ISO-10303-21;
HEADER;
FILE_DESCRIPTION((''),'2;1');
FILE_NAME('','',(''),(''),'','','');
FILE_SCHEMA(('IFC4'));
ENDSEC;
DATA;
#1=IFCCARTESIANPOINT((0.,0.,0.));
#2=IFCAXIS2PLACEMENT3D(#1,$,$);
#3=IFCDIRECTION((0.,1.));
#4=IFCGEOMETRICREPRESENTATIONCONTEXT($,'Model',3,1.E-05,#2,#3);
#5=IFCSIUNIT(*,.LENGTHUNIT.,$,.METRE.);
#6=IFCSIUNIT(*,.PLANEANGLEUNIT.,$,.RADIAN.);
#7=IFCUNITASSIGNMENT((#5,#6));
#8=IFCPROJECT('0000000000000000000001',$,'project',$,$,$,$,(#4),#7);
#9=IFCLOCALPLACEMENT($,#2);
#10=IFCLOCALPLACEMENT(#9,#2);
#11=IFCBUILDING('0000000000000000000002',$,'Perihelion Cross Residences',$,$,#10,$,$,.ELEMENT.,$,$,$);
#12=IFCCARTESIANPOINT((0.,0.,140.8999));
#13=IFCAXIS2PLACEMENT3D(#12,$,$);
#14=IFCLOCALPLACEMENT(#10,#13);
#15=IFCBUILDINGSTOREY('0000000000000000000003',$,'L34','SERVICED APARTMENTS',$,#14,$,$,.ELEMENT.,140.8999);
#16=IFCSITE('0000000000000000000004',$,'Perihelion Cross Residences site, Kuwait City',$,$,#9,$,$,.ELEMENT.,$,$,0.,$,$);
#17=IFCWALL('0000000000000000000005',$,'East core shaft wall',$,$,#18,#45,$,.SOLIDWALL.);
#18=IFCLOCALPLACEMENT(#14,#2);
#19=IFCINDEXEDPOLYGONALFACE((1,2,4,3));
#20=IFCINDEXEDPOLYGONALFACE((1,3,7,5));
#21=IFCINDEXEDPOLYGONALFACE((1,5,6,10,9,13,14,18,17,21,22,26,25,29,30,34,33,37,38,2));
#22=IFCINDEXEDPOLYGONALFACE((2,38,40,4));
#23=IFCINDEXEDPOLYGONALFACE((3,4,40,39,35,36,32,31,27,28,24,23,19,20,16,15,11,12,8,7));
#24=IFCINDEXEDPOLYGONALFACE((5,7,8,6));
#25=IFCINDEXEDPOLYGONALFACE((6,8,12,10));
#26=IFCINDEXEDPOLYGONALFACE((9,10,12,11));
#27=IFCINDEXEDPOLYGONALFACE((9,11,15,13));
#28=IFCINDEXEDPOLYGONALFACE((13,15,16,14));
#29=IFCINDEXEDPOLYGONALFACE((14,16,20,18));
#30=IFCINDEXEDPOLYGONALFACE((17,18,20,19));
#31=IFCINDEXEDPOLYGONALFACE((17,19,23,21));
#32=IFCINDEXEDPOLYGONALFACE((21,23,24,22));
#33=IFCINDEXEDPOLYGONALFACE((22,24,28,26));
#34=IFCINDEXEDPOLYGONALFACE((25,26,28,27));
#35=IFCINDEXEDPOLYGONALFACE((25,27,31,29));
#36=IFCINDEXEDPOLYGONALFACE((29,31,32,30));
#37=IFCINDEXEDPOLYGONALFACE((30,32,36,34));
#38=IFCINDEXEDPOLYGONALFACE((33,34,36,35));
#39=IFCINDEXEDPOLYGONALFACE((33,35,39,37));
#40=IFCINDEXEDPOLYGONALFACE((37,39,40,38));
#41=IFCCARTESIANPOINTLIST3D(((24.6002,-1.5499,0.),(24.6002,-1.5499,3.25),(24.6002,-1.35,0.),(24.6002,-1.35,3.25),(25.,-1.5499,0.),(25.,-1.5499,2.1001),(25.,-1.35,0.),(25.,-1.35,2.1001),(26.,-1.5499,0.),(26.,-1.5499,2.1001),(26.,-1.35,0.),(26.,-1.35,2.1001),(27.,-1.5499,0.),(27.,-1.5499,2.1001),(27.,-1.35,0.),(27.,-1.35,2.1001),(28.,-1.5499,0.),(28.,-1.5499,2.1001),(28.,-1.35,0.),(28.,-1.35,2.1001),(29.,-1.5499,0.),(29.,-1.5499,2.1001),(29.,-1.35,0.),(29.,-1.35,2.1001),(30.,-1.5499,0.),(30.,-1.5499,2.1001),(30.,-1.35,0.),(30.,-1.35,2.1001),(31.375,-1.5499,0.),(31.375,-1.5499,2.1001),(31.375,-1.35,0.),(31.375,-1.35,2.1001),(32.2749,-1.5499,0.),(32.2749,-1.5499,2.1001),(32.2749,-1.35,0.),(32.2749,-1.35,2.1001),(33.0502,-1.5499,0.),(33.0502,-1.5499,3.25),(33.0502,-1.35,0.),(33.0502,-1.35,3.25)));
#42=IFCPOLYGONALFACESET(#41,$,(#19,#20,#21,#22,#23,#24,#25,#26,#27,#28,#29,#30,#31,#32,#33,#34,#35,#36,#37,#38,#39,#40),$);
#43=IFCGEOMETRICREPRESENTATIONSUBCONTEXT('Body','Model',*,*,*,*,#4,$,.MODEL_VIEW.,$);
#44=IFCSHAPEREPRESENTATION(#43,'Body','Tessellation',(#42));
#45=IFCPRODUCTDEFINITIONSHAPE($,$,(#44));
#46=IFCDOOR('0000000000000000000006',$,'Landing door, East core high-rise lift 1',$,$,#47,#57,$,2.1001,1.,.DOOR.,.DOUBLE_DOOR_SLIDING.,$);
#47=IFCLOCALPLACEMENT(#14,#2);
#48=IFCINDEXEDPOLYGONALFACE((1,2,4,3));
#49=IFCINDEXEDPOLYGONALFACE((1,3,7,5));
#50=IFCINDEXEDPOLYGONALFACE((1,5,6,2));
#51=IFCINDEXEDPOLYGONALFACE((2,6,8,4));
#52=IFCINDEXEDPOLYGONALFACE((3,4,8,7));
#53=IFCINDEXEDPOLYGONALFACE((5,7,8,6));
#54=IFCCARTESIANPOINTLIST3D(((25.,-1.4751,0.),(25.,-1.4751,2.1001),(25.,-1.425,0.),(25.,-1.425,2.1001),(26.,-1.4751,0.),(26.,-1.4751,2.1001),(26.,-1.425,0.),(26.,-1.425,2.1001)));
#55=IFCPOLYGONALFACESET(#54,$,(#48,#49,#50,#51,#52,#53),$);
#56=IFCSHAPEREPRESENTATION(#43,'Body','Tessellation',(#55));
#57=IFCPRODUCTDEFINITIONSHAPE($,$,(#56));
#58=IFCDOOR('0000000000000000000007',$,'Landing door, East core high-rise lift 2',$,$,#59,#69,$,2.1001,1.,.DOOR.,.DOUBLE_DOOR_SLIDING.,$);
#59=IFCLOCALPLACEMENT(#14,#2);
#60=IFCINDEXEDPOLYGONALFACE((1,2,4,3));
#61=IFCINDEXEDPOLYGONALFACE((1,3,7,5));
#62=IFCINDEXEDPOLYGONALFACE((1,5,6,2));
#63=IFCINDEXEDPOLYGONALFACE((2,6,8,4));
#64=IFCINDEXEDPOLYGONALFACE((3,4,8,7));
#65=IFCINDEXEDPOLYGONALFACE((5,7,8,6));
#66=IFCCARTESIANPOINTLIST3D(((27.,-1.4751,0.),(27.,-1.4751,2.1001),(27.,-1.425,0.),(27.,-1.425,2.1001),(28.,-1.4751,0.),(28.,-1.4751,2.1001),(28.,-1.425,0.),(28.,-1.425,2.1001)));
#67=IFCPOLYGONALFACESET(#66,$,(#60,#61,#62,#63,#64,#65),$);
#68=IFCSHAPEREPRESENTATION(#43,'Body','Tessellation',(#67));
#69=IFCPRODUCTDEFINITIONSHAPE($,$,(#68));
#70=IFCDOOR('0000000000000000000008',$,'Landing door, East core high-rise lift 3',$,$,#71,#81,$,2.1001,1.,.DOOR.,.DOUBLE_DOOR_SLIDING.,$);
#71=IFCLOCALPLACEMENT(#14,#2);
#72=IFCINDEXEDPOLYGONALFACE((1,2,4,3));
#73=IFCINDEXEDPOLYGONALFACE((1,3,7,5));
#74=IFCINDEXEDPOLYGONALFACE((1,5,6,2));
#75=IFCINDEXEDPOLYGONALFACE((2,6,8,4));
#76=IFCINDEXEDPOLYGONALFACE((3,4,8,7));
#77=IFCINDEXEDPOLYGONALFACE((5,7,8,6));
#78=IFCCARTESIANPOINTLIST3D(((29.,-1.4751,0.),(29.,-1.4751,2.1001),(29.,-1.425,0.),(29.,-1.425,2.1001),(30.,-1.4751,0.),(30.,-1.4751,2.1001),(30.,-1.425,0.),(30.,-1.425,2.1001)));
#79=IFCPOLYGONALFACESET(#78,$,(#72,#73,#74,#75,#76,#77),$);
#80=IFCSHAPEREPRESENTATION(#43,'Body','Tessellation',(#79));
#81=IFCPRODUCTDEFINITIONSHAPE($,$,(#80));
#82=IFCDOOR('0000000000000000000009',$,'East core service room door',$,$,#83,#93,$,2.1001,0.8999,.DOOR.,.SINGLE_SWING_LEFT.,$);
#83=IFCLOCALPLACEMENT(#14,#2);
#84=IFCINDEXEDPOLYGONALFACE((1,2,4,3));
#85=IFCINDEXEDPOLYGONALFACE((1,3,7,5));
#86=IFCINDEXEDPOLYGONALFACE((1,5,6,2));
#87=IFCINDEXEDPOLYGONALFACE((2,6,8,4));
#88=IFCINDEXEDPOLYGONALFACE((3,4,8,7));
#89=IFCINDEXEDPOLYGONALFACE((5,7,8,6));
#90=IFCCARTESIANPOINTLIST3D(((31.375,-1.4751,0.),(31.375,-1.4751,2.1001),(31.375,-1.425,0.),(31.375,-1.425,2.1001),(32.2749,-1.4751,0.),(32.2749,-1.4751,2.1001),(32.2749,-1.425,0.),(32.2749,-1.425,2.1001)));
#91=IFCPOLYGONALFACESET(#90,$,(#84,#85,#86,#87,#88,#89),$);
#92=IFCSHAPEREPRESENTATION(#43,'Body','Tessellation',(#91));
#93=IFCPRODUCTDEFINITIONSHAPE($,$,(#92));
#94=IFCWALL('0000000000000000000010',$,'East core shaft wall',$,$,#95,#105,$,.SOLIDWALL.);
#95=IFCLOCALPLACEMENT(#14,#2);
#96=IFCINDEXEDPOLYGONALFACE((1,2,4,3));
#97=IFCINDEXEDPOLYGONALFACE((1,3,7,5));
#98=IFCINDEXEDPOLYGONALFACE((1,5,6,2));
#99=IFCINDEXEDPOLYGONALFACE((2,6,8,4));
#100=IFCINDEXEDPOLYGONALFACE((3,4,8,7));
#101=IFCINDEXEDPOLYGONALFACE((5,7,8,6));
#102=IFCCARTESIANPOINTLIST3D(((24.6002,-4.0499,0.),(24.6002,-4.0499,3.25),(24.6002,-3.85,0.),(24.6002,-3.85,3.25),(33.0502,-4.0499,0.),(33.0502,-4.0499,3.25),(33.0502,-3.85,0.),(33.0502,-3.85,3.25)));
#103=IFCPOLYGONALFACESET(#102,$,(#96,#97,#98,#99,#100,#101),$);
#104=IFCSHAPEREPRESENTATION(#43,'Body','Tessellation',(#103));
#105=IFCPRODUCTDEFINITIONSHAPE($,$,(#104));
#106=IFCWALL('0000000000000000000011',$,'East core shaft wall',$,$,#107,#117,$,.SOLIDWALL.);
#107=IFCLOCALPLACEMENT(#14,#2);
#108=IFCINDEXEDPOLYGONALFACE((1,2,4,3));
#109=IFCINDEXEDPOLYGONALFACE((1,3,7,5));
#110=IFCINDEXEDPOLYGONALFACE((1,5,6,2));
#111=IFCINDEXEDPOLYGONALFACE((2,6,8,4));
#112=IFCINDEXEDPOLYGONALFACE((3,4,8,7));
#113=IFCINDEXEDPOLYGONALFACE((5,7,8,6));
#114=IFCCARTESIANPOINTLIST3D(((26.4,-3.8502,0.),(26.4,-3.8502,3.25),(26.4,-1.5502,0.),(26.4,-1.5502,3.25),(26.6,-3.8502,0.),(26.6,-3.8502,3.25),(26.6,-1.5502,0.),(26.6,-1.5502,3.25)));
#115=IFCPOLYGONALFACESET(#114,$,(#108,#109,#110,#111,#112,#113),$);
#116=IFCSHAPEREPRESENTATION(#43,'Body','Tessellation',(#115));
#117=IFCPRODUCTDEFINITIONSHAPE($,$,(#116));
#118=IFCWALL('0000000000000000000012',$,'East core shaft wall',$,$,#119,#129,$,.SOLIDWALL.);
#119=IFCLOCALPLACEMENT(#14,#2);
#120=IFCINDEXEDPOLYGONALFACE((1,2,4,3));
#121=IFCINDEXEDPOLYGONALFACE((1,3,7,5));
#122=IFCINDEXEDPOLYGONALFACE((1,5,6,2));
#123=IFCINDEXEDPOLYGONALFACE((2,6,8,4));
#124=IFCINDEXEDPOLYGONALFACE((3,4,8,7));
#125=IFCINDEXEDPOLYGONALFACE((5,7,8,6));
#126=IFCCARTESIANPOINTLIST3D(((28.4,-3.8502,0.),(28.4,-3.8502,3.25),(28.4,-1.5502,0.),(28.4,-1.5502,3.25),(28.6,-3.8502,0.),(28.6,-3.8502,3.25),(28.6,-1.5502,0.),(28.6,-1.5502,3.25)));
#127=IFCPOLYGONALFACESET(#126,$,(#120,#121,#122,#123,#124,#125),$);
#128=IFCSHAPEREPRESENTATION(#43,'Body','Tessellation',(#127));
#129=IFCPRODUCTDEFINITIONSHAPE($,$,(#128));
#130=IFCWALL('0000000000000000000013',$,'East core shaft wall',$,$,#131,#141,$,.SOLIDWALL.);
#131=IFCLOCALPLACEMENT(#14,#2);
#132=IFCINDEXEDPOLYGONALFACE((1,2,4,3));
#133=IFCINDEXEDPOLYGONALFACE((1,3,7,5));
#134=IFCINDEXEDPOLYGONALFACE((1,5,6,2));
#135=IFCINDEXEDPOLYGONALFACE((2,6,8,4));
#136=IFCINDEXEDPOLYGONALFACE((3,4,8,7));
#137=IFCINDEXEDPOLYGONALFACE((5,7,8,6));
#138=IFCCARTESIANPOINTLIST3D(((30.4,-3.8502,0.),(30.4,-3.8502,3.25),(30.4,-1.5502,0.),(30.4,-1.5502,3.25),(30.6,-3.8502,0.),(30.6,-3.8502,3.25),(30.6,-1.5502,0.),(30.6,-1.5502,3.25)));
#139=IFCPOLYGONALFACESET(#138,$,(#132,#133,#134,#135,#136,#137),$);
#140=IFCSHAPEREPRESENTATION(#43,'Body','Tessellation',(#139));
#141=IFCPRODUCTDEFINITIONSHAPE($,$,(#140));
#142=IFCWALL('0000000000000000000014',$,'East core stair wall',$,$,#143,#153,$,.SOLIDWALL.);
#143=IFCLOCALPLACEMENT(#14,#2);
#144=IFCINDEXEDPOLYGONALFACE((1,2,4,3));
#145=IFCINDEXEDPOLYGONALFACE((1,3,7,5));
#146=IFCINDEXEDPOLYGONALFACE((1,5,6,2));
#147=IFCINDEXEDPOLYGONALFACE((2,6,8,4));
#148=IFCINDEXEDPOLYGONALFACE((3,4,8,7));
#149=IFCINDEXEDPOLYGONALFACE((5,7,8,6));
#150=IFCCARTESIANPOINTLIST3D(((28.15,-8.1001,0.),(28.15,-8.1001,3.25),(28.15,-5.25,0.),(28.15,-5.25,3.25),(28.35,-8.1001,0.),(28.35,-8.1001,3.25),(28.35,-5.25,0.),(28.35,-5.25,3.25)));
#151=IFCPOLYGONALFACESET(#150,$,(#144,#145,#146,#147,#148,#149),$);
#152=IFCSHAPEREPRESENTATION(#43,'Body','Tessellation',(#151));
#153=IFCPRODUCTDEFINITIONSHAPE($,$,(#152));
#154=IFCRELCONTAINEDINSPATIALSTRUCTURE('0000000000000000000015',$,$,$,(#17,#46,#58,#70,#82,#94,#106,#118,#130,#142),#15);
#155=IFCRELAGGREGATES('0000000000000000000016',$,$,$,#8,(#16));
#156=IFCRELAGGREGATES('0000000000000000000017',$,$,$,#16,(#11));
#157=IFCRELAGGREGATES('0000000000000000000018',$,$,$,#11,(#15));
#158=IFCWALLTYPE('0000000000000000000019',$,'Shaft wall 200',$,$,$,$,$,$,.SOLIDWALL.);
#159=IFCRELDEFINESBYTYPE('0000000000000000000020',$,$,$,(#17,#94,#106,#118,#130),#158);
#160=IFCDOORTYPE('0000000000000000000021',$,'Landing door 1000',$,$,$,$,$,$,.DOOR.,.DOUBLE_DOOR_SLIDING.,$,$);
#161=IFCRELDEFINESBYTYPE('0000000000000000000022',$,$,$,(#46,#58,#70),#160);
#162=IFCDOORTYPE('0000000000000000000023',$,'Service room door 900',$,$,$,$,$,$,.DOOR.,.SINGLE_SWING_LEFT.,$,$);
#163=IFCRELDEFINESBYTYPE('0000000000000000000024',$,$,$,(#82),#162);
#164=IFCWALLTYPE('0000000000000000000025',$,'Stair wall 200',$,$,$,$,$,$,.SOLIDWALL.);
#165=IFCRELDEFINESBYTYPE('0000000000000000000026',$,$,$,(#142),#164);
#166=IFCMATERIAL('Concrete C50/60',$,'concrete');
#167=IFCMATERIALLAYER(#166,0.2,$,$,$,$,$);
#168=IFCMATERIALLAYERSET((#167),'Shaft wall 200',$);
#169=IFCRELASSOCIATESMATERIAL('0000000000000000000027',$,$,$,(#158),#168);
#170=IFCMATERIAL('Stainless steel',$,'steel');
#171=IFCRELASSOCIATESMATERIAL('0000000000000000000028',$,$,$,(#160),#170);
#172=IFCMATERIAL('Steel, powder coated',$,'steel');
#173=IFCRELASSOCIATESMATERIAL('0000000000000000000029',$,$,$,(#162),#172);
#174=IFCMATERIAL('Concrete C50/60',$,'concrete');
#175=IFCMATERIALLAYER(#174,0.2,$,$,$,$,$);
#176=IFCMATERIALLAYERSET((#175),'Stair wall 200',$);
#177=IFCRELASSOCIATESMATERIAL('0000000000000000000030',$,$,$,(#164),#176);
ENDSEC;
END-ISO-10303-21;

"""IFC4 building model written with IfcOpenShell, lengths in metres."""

from ifc_helpers import new_model, si_unit, direction, frame, frame_2d, origin, place, context, subcontext, project, spatial, rectangle, extrude, material, layer, layer_set, type_object, element, fill, save


model = new_model("IFC4")

# Units and contexts
model_context = context("Model", 3, precision=1e-05, world=origin(), true_north=direction((0.0, 1.0)))
body_context = subcontext(model_context, "Body", "Model", "MODEL_VIEW")
ifc_project = project(units=[si_unit("LENGTHUNIT", "METRE"), si_unit("PLANEANGLEUNIT", "RADIAN")], contexts=[model_context])

# Site, building, storey
site_placement = place(None, origin())
site = spatial("IfcSite", under=ifc_project, at=site_placement, Name="Perihelion Cross Residences site, Kuwait City", CompositionType="ELEMENT", RefElevation=0.0)
building_placement = place(site_placement, origin())
building = spatial("IfcBuilding", under=site, at=building_placement, Name="Perihelion Cross Residences", CompositionType="ELEMENT")
storey_placement = place(building_placement, frame((0.0, 0.0, 140.8999)))
storey = spatial("IfcBuildingStorey", under=building, at=storey_placement, Name="L34", Description="SERVICED APARTMENTS", CompositionType="ELEMENT", Elevation=140.8999)

# Wall, openings, doors
ifc_material_1 = material(Name="Concrete C50/60", Category="concrete")
ifc_layer_1 = layer(ifc_material_1, 0.2)
ifc_layer_set_1 = layer_set([ifc_layer_1], Name="Shaft wall 200")
wall_type_1 = type_object("IfcWallType", Name="Shaft wall 200", PredefinedType="SOLIDWALL", material=ifc_layer_set_1)
wall_1_placement = place(storey_placement, frame((24.6001, -1.45, 0.0), z_axis=(0.0, 0.0, 1.0), x_axis=(1.0, 0.0, 0.0)))
wall_1 = element("IfcWall", 1, at=wall_1_placement, inside=storey, type_object=wall_type_1, Name="East core shaft wall", PredefinedType="SOLIDWALL", context=body_context, shape_type="SweptSolid", body=[
    extrude(rectangle(XDim=8.45, YDim=0.2, at=frame_2d((4.2251, 0.0))), origin(), (0.0, 0.0, 1.0), 3.25),
])
opening_1_placement = place(wall_1_placement, frame((0.3999, 0.0, 0.0)))
opening_1 = element("IfcOpeningElement", 2, at=opening_1_placement, cuts=wall_1, PredefinedType="OPENING", context=body_context, shape_type="SweptSolid", body=[
    extrude(rectangle(XDim=1.0, YDim=2.1001, at=frame_2d((0.5, 1.05))), frame((0.0, 0.1099, 0.0), z_axis=(0.0, -1.0, 0.0), x_axis=(1.0, 0.0, 0.0)), (0.0, 0.0, 1.0), 0.22),
])
opening_2_placement = place(wall_1_placement, frame((2.3999, 0.0, 0.0)))
opening_2 = element("IfcOpeningElement", 3, at=opening_2_placement, cuts=wall_1, PredefinedType="OPENING", context=body_context, shape_type="SweptSolid", body=[
    extrude(rectangle(XDim=1.0, YDim=2.1001, at=frame_2d((0.5, 1.05))), frame((0.0, 0.1099, 0.0), z_axis=(0.0, -1.0, 0.0), x_axis=(1.0, 0.0, 0.0)), (0.0, 0.0, 1.0), 0.22),
])
opening_3_placement = place(wall_1_placement, frame((4.3999, 0.0, 0.0)))
opening_3 = element("IfcOpeningElement", 4, at=opening_3_placement, cuts=wall_1, PredefinedType="OPENING", context=body_context, shape_type="SweptSolid", body=[
    extrude(rectangle(XDim=1.0, YDim=2.1001, at=frame_2d((0.5, 1.05))), frame((0.0, 0.1099, 0.0), z_axis=(0.0, -1.0, 0.0), x_axis=(1.0, 0.0, 0.0)), (0.0, 0.0, 1.0), 0.22),
])
opening_4_placement = place(wall_1_placement, frame((6.7749, 0.0, 0.0)))
opening_4 = element("IfcOpeningElement", 5, at=opening_4_placement, cuts=wall_1, PredefinedType="OPENING", context=body_context, shape_type="SweptSolid", body=[
    extrude(rectangle(XDim=0.8999, YDim=2.1001, at=frame_2d((0.45, 1.05))), frame((0.0, 0.1099, 0.0), z_axis=(0.0, -1.0, 0.0), x_axis=(1.0, 0.0, 0.0)), (0.0, 0.0, 1.0), 0.22),
])
ifc_material_2 = material(Name="Stainless steel", Category="steel")
door_type_1 = type_object("IfcDoorType", Name="Landing door 1000", OperationType="DOUBLE_DOOR_SLIDING", PredefinedType="DOOR", material=ifc_material_2)
door_1_placement = place(opening_1_placement, origin())
door_1 = element("IfcDoor", 6, at=door_1_placement, inside=storey, type_object=door_type_1, Name="Landing door, East core high-rise lift 1", OperationType="DOUBLE_DOOR_SLIDING", OverallHeight=2.1001, OverallWidth=1.0, PredefinedType="DOOR", context=body_context, shape_type="SweptSolid", body=[
    extrude(rectangle(XDim=1.0, YDim=2.1001, at=frame_2d((0.5, 1.05))), frame((0.0, 0.0249, 0.0), z_axis=(0.0, -1.0, 0.0), x_axis=(1.0, 0.0, 0.0)), (0.0, 0.0, 1.0), 0.05),
])
fill(opening_1, door_1)
door_2_placement = place(opening_2_placement, origin())
door_2 = element("IfcDoor", 7, at=door_2_placement, inside=storey, type_object=door_type_1, Name="Landing door, East core high-rise lift 2", OperationType="DOUBLE_DOOR_SLIDING", OverallHeight=2.1001, OverallWidth=1.0, PredefinedType="DOOR", context=body_context, shape_type="SweptSolid", body=[
    extrude(rectangle(XDim=1.0, YDim=2.1001, at=frame_2d((0.5, 1.05))), frame((0.0, 0.0249, 0.0), z_axis=(0.0, -1.0, 0.0), x_axis=(1.0, 0.0, 0.0)), (0.0, 0.0, 1.0), 0.05),
])
fill(opening_2, door_2)
door_3_placement = place(opening_3_placement, origin())
door_3 = element("IfcDoor", 8, at=door_3_placement, inside=storey, type_object=door_type_1, Name="Landing door, East core high-rise lift 3", OperationType="DOUBLE_DOOR_SLIDING", OverallHeight=2.1001, OverallWidth=1.0, PredefinedType="DOOR", context=body_context, shape_type="SweptSolid", body=[
    extrude(rectangle(XDim=1.0, YDim=2.1001, at=frame_2d((0.5, 1.05))), frame((0.0, 0.0249, 0.0), z_axis=(0.0, -1.0, 0.0), x_axis=(1.0, 0.0, 0.0)), (0.0, 0.0, 1.0), 0.05),
])
fill(opening_3, door_3)
ifc_material_3 = material(Name="Steel, powder coated", Category="steel")
door_type_2 = type_object("IfcDoorType", Name="Service room door 900", OperationType="SINGLE_SWING_LEFT", PredefinedType="DOOR", material=ifc_material_3)
door_4_placement = place(opening_4_placement, origin())
door_4 = element("IfcDoor", 9, at=door_4_placement, inside=storey, type_object=door_type_2, Name="East core service room door", OperationType="SINGLE_SWING_LEFT", OverallHeight=2.1001, OverallWidth=0.8999, PredefinedType="DOOR", context=body_context, shape_type="SweptSolid", body=[
    extrude(rectangle(XDim=0.8999, YDim=2.1001, at=frame_2d((0.45, 1.05))), frame((0.0, 0.0249, 0.0), z_axis=(0.0, -1.0, 0.0), x_axis=(1.0, 0.0, 0.0)), (0.0, 0.0, 1.0), 0.05),
])
fill(opening_4, door_4)

# Walls
wall_2_placement = place(storey_placement, frame((24.6001, -3.95, 0.0), z_axis=(0.0, 0.0, 1.0), x_axis=(1.0, 0.0, 0.0)))
element("IfcWall", 10, at=wall_2_placement, inside=storey, type_object=wall_type_1, Name="East core shaft wall", PredefinedType="SOLIDWALL", context=body_context, shape_type="SweptSolid", body=[
    extrude(rectangle(XDim=8.45, YDim=0.2, at=frame_2d((4.2251, 0.0))), origin(), (0.0, 0.0, 1.0), 3.25),
])
for number, where, z_axis, x_axis, name in (
    (11, (26.5, -3.8501, 0.0), (0.0, 0.0, 1.0), (0.0, 1.0, 0.0), "East core shaft wall"),
    (12, (28.5, -3.8501, 0.0), (0.0, 0.0, 1.0), (0.0, 1.0, 0.0), "East core shaft wall"),
    (13, (30.5, -3.8501, 0.0), (0.0, 0.0, 1.0), (0.0, 1.0, 0.0), "East core shaft wall"),
):
    element("IfcWall", number, at=place(storey_placement, frame(where, z_axis=z_axis, x_axis=x_axis)), inside=storey, type_object=wall_type_1, Name=name, PredefinedType="SOLIDWALL", context=body_context, shape_type="SweptSolid", body=[
        extrude(rectangle(XDim=2.3, YDim=0.2, at=frame_2d((1.1499, 0.0))), origin(), (0.0, 0.0, 1.0), 3.25),
    ])
ifc_material_4 = material(Name="Concrete C50/60", Category="concrete")
ifc_layer_2 = layer(ifc_material_4, 0.2)
ifc_layer_set_2 = layer_set([ifc_layer_2], Name="Stair wall 200")
wall_type_2 = type_object("IfcWallType", Name="Stair wall 200", PredefinedType="SOLIDWALL", material=ifc_layer_set_2)
wall_3_placement = place(storey_placement, frame((28.25, -8.1001, 0.0), z_axis=(0.0, 0.0, 1.0), x_axis=(0.0, 1.0, 0.0)))
element("IfcWall", 14, at=wall_3_placement, inside=storey, type_object=wall_type_2, Name="East core stair wall", PredefinedType="SOLIDWALL", context=body_context, shape_type="SweptSolid", body=[
    extrude(rectangle(XDim=2.8501, YDim=0.2, at=frame_2d((1.425, 0.0))), origin(), (0.0, 0.0, 1.0), 3.25),
])

save(model, "model.ifc")
